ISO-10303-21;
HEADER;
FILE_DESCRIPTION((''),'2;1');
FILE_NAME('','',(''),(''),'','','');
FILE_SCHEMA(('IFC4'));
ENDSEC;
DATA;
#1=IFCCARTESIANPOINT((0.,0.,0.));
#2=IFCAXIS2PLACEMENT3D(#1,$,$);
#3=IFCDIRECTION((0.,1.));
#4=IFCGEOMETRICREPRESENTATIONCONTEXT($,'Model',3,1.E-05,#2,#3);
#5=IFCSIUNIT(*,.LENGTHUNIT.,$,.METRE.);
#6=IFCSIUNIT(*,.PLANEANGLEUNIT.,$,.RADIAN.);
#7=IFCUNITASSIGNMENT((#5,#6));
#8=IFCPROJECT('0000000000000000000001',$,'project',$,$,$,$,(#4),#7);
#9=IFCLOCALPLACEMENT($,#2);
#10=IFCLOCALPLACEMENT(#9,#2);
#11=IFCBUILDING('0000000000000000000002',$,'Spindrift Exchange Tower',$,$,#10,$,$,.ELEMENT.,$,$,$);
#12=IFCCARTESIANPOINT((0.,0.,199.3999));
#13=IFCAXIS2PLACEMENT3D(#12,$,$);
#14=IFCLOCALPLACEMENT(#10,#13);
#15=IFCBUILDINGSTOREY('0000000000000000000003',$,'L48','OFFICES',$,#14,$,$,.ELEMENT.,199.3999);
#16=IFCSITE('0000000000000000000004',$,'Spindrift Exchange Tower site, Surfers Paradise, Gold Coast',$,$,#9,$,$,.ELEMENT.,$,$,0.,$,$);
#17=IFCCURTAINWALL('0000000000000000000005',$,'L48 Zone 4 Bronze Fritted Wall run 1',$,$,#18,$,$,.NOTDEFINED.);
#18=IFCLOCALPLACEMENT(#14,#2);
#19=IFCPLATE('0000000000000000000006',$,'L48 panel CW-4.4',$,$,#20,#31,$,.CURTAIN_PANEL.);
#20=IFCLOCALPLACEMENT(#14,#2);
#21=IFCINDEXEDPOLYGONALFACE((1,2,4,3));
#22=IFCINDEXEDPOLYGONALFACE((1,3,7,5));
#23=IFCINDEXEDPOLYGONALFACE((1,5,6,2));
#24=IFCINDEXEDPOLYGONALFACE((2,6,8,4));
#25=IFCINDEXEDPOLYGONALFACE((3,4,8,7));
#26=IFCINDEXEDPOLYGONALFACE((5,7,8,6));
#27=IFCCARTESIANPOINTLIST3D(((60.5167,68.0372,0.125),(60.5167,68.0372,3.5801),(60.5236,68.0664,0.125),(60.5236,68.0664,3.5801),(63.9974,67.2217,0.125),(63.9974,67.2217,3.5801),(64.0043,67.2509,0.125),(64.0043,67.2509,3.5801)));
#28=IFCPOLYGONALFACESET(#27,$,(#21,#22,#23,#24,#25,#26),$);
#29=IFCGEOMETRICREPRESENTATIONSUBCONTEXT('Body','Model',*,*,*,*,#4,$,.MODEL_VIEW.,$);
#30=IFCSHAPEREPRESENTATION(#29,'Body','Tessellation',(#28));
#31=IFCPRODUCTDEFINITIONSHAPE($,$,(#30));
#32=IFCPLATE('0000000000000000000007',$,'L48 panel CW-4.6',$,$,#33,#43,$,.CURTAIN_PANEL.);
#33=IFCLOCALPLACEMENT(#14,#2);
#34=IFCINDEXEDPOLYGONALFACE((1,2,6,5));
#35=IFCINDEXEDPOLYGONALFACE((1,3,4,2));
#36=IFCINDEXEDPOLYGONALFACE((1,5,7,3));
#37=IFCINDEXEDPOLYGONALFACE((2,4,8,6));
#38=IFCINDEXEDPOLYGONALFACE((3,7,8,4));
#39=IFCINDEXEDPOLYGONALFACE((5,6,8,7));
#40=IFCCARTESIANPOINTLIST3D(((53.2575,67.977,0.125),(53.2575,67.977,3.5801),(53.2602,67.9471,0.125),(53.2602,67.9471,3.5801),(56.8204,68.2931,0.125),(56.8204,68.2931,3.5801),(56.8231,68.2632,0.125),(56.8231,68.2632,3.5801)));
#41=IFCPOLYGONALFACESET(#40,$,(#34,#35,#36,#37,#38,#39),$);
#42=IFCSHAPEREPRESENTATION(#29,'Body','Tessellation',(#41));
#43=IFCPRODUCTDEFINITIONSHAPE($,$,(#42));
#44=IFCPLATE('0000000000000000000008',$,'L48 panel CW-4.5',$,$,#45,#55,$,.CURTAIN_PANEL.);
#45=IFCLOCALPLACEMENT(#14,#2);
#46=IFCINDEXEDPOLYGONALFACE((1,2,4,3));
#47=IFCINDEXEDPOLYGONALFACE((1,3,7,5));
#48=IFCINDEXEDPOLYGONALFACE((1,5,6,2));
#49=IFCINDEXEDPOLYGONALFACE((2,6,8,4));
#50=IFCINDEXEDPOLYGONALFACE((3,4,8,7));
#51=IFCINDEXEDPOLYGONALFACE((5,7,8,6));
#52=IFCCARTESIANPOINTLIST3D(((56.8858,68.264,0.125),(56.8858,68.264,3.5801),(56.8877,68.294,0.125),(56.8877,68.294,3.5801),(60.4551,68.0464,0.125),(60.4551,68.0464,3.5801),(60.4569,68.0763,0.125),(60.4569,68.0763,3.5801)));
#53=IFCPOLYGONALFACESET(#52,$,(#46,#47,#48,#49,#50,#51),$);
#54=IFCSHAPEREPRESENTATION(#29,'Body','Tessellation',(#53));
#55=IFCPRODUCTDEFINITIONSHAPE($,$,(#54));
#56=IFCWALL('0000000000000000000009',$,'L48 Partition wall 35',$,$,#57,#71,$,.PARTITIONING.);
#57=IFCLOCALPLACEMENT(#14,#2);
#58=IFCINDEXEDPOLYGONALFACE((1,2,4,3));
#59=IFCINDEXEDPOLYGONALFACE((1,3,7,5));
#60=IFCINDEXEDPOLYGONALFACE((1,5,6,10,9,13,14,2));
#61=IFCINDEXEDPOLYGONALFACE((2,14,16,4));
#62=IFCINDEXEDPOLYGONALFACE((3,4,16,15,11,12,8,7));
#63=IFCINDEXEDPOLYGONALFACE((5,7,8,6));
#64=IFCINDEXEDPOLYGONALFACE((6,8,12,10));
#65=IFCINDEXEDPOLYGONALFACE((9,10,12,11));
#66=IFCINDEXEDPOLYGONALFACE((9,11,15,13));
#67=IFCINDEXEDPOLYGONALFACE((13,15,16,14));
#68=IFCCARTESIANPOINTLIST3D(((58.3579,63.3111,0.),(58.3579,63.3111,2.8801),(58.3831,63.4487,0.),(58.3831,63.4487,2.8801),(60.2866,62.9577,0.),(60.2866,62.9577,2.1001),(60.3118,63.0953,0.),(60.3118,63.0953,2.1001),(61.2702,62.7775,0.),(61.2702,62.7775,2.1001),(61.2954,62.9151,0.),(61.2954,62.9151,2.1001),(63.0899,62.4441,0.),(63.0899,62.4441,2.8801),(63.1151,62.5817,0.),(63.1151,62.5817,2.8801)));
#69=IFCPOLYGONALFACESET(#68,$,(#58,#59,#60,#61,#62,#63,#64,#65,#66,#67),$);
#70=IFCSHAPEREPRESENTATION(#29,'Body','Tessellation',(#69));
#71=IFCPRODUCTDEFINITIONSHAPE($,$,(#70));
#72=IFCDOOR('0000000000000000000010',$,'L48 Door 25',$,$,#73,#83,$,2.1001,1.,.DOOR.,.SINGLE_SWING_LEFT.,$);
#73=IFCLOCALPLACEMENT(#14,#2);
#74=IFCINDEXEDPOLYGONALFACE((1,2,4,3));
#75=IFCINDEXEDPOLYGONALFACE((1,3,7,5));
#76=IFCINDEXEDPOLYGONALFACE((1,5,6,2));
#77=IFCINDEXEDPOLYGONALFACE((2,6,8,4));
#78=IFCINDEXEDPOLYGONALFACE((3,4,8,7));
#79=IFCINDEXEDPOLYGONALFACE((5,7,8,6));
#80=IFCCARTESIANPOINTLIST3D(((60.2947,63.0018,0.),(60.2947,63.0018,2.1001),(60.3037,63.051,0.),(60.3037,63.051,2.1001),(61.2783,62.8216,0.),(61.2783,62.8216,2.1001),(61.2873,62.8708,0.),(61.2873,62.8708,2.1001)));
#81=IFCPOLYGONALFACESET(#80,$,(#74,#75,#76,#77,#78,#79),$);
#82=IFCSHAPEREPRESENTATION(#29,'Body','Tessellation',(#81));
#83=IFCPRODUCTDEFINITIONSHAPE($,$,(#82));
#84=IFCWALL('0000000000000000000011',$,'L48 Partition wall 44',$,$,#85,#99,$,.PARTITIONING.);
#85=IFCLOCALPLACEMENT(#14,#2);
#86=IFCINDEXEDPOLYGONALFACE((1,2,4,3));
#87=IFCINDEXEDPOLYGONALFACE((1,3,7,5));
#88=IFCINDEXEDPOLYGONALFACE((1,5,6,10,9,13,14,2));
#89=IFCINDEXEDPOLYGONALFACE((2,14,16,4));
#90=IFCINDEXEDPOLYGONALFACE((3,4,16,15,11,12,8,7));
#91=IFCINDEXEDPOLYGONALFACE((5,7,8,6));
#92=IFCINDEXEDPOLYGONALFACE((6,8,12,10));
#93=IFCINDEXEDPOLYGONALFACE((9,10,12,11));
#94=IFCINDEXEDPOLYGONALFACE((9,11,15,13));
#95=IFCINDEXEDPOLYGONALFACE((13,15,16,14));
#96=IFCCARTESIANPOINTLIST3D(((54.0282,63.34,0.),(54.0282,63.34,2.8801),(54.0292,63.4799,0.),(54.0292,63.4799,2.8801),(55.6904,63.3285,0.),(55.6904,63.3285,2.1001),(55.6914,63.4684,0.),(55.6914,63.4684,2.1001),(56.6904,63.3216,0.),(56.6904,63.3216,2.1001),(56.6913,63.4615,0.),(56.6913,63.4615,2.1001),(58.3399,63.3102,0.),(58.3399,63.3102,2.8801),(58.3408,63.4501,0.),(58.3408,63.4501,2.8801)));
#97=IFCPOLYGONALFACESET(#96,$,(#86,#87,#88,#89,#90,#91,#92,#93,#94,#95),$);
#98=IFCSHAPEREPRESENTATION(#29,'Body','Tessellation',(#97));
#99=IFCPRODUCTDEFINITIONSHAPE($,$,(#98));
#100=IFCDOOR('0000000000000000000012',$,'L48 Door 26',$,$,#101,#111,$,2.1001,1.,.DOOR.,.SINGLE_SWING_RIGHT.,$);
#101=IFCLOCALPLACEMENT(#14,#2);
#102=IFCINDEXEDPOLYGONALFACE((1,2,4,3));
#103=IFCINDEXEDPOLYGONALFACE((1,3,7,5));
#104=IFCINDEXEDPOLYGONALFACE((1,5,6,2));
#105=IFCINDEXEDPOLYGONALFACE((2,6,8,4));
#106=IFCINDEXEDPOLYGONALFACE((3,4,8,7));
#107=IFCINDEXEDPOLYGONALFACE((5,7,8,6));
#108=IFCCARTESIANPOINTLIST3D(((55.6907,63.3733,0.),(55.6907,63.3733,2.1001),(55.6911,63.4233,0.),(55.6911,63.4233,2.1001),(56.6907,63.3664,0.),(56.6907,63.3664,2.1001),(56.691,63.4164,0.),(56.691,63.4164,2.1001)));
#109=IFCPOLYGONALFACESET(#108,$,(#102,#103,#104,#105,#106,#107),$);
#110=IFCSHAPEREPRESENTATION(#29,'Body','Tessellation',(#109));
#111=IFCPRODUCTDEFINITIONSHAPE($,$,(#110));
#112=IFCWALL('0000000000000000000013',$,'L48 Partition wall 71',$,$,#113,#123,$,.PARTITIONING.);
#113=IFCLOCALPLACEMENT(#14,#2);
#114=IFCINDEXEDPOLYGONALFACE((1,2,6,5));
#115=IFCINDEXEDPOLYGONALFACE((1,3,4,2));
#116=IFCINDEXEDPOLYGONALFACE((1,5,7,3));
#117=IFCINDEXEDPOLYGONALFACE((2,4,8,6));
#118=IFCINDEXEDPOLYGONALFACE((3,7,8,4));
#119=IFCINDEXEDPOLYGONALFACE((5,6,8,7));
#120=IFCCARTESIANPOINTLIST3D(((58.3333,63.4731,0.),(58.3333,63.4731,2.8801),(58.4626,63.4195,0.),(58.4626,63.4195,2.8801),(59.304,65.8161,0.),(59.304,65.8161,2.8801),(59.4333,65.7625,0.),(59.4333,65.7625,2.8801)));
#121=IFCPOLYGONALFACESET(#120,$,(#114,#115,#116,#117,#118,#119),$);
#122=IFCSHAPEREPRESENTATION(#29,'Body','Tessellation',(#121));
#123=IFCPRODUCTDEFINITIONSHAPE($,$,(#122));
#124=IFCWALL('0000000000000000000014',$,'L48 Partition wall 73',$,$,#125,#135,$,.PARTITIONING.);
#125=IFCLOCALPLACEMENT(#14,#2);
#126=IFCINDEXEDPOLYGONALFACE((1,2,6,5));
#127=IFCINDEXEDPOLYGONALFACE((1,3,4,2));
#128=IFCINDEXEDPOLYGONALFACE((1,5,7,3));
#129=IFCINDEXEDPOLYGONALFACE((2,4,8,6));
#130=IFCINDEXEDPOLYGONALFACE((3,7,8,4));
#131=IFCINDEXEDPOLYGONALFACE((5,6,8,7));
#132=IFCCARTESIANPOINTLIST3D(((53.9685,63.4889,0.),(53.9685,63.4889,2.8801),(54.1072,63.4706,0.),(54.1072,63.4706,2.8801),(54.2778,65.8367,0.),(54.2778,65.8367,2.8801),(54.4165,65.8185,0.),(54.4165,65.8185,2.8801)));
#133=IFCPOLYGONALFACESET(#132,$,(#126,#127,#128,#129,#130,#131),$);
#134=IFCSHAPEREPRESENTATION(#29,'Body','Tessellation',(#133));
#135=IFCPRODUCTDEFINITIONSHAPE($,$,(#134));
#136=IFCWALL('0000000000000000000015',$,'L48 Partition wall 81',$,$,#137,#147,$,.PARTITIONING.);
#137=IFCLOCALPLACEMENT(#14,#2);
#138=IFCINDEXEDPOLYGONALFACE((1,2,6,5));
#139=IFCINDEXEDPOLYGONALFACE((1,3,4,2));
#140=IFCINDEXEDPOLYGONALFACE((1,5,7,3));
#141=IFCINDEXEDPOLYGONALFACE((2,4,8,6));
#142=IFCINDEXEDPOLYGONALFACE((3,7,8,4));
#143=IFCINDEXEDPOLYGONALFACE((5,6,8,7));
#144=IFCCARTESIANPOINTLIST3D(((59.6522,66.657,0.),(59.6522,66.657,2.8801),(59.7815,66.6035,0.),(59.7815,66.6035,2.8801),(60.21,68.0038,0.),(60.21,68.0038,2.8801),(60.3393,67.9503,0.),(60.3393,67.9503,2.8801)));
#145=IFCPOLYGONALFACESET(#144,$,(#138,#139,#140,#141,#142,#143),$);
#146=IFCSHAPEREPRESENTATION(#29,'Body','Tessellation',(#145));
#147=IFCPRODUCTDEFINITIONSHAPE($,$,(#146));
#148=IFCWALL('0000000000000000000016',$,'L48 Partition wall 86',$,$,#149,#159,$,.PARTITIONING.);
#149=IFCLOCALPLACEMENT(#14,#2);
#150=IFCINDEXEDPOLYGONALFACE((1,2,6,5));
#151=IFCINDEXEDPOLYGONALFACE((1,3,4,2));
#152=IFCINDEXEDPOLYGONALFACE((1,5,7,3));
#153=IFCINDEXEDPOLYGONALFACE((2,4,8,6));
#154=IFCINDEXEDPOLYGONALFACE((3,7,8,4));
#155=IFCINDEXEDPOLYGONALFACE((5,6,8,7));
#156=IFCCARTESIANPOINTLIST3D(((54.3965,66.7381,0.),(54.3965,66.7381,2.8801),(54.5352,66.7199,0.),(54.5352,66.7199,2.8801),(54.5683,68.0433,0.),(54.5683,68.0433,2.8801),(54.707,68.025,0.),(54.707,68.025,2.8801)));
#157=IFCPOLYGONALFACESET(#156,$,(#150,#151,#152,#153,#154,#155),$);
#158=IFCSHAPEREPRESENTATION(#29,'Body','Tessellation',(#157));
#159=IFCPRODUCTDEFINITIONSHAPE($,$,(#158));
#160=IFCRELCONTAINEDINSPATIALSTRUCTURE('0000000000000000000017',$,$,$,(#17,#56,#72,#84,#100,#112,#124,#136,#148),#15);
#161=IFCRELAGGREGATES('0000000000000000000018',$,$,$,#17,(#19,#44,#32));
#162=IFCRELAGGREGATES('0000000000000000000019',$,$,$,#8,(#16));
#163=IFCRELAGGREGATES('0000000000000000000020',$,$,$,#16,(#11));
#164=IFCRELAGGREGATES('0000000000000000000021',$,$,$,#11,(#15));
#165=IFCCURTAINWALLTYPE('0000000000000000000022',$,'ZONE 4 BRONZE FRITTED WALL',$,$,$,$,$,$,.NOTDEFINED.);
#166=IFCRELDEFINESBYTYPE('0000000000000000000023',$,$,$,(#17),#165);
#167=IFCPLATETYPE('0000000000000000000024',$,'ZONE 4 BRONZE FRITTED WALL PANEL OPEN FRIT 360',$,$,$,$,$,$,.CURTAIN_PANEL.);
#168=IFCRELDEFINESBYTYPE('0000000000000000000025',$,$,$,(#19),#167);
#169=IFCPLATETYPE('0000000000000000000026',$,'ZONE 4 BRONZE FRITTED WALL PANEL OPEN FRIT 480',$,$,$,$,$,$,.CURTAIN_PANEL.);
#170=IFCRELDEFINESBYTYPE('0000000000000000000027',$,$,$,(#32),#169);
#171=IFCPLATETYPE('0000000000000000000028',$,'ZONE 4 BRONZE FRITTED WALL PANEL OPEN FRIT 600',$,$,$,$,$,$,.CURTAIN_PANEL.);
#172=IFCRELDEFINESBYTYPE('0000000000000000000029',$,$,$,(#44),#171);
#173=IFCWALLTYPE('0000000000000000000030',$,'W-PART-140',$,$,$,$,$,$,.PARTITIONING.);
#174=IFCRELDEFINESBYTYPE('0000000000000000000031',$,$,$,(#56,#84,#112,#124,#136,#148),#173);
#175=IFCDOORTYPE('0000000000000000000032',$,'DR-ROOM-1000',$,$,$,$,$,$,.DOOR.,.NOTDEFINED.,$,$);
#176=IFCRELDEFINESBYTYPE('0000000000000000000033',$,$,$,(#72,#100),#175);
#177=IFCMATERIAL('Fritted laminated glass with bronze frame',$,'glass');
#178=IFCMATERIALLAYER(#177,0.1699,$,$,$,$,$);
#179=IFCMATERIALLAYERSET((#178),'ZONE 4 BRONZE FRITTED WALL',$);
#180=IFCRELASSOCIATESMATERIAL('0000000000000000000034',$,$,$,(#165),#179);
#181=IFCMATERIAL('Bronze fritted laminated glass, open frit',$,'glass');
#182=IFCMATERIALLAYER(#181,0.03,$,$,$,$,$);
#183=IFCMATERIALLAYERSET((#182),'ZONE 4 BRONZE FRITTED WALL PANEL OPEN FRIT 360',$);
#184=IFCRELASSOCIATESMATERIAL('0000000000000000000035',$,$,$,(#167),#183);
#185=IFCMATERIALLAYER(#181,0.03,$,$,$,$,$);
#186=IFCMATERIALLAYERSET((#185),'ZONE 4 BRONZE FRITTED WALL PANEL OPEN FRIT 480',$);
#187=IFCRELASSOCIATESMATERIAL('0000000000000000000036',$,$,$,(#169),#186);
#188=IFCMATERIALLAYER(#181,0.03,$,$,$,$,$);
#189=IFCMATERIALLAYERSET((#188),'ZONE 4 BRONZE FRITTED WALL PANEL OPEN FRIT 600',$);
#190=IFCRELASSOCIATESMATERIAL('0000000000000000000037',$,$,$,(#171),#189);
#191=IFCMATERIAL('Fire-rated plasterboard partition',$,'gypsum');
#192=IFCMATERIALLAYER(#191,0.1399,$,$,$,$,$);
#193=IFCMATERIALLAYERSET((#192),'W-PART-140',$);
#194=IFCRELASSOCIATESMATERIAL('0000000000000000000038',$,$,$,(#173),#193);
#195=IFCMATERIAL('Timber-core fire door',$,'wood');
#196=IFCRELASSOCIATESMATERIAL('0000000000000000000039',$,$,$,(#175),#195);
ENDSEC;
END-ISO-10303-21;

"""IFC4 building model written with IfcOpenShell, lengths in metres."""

from ifc_helpers import new_model, si_unit, direction, frame, frame_2d, origin, origin_2d, place, context, subcontext, project, spatial, rectangle, extrude, source, transform, mapped, material, layer, layer_set, type_object, element, fill, aggregate, save


model = new_model("IFC4")

# Units and contexts
model_context = context("Model", 3, precision=1e-05, world=origin(), true_north=direction((0.0, 1.0)))
body_context = subcontext(model_context, "Body", "Model", "MODEL_VIEW")
ifc_project = project(units=[si_unit("LENGTHUNIT", "METRE"), si_unit("PLANEANGLEUNIT", "RADIAN")], contexts=[model_context])

# Site, building, storey
site_placement = place(None, origin())
site = spatial("IfcSite", under=ifc_project, at=site_placement, Name="Spindrift Exchange Tower site, Surfers Paradise, Gold Coast", CompositionType="ELEMENT", RefElevation=0.0)
building_placement = place(site_placement, origin())
building = spatial("IfcBuilding", under=site, at=building_placement, Name="Spindrift Exchange Tower", CompositionType="ELEMENT")
storey_placement = place(building_placement, frame((0.0, 0.0, 199.3999)))
storey = spatial("IfcBuildingStorey", under=building, at=storey_placement, Name="L48", Description="OFFICES", CompositionType="ELEMENT", Elevation=199.3999)

# Shared definitions
ifc_material_1 = material(Name="Fritted laminated glass with bronze frame", Category="glass")
ifc_layer_1 = layer(ifc_material_1, 0.1699)
ifc_layer_set_1 = layer_set([ifc_layer_1], Name="ZONE 4 BRONZE FRITTED WALL")
curtain_wall_type = type_object("IfcCurtainWallType", Name="ZONE 4 BRONZE FRITTED WALL", PredefinedType="NOTDEFINED", material=ifc_layer_set_1)

# Curtain wall
curtain_wall_1_placement = place(storey_placement, origin())
curtain_wall_1 = element("IfcCurtainWall", 1, at=curtain_wall_1_placement, inside=storey, type_object=curtain_wall_type, Name="L48 Zone 4 Bronze Fritted Wall run 1", PredefinedType="NOTDEFINED")

# Plates
ifc_material_2 = material(Name="Bronze fritted laminated glass, open frit", Category="glass")
ifc_layer_2 = layer(ifc_material_2, 0.03)
ifc_layer_set_2 = layer_set([ifc_layer_2], Name="ZONE 4 BRONZE FRITTED WALL PANEL OPEN FRIT 360")
plate_type_1 = type_object("IfcPlateType", Name="ZONE 4 BRONZE FRITTED WALL PANEL OPEN FRIT 360", PredefinedType="CURTAIN_PANEL", material=ifc_layer_set_2)
shared_shape_1 = source(origin(), body_context, "Body", "SweptSolid", [
    extrude(rectangle(XDim=3.575, YDim=0.03, at=origin_2d()), origin(), (0.0, 0.0, 1.0), 3.4551),
])
plate_1_placement = place(storey_placement, frame((62.2605, 67.644, 0.125), z_axis=(0.0, 0.0, 1.0), x_axis=(-0.973635, 0.228113, 0.0)))
plate_1 = element("IfcPlate", 2, at=plate_1_placement, type_object=plate_type_1, Name="L48 panel CW-4.4", PredefinedType="CURTAIN_PANEL", context=body_context, shape_type="MappedRepresentation", body=[
    mapped(shared_shape_1, transform((0.0, 0.0, 0.0), scale=1.0)),
])
ifc_layer_3 = layer(ifc_material_2, 0.03)
ifc_layer_set_3 = layer_set([ifc_layer_3], Name="ZONE 4 BRONZE FRITTED WALL PANEL OPEN FRIT 480")
plate_type_2 = type_object("IfcPlateType", Name="ZONE 4 BRONZE FRITTED WALL PANEL OPEN FRIT 480", PredefinedType="CURTAIN_PANEL", material=ifc_layer_set_3)
shared_shape_2 = source(origin(), body_context, "Body", "SweptSolid", [
    extrude(rectangle(XDim=3.5769, YDim=0.03, at=origin_2d()), origin(), (0.0, 0.0, 1.0), 3.4551),
])
plate_2_placement = place(storey_placement, frame((55.0403, 68.1201, 0.125), z_axis=(0.0, 0.0, 1.0), x_axis=(-0.996088, -0.088362, 0.0)))
plate_2 = element("IfcPlate", 3, at=plate_2_placement, type_object=plate_type_2, Name="L48 panel CW-4.6", PredefinedType="CURTAIN_PANEL", context=body_context, shape_type="MappedRepresentation", body=[
    mapped(shared_shape_2, transform((0.0, 0.0, 0.0), scale=1.0)),
])
ifc_layer_4 = layer(ifc_material_2, 0.03)
ifc_layer_set_4 = layer_set([ifc_layer_4], Name="ZONE 4 BRONZE FRITTED WALL PANEL OPEN FRIT 600")
plate_type_3 = type_object("IfcPlateType", Name="ZONE 4 BRONZE FRITTED WALL PANEL OPEN FRIT 600", PredefinedType="CURTAIN_PANEL", material=ifc_layer_set_4)
shared_shape_3 = source(origin(), body_context, "Body", "SweptSolid", [
    extrude(rectangle(XDim=3.5759, YDim=0.03, at=origin_2d()), origin(), (0.0, 0.0, 1.0), 3.4551),
])
plate_3_placement = place(storey_placement, frame((58.6714, 68.1702, 0.125), z_axis=(0.0, 0.0, 1.0), x_axis=(-0.998146, 0.060862, 0.0)))
plate_3 = element("IfcPlate", 4, at=plate_3_placement, type_object=plate_type_3, Name="L48 panel CW-4.5", PredefinedType="CURTAIN_PANEL", context=body_context, shape_type="MappedRepresentation", body=[
    mapped(shared_shape_3, transform((0.0, 0.0, 0.0), scale=1.0)),
])
aggregate(curtain_wall_1, [plate_1, plate_3, plate_2])

# Walls, openings, doors
ifc_material_3 = material(Name="Fire-rated plasterboard partition", Category="gypsum")
ifc_layer_5 = layer(ifc_material_3, 0.1399)
ifc_layer_set_5 = layer_set([ifc_layer_5], Name="W-PART-140")
wall_type = type_object("IfcWallType", Name="W-PART-140", PredefinedType="PARTITIONING", material=ifc_layer_set_5)
wall_1_placement = place(storey_placement, frame((58.3706, 63.3799, 0.0), z_axis=(0.0, 0.0, 1.0), x_axis=(0.983628, -0.180212, 0.0)))
wall_1 = element("IfcWall", 5, at=wall_1_placement, inside=storey, type_object=wall_type, Name="L48 Partition wall 35", PredefinedType="PARTITIONING", context=body_context, shape_type="SweptSolid", body=[
    extrude(rectangle(XDim=4.8108, YDim=0.1399, at=frame_2d((2.4053, 0.0))), origin(), (0.0, 0.0, 1.0), 2.8801),
])
opening_1_placement = place(wall_1_placement, frame((1.9607, 0.0, 0.0)))
opening_1 = element("IfcOpeningElement", 6, at=opening_1_placement, cuts=wall_1, PredefinedType="OPENING", context=body_context, shape_type="SweptSolid", body=[
    extrude(rectangle(XDim=1.0, YDim=2.1001, at=frame_2d((0.5, 1.05))), frame((0.0, 0.0798, 0.0), z_axis=(0.0, -1.0, 0.0), x_axis=(1.0, 0.0, 0.0)), (0.0, 0.0, 1.0), 0.1599),
])
ifc_material_4 = material(Name="Timber-core fire door", Category="wood")
door_type = type_object("IfcDoorType", Name="DR-ROOM-1000", OperationType="NOTDEFINED", PredefinedType="DOOR", material=ifc_material_4)
shared_shape_4 = source(origin(), body_context, "Body", "SweptSolid", [
    extrude(rectangle(XDim=1.0, YDim=2.1001, at=frame_2d((0.5, 1.05))), frame((0.0, 0.0249, 0.0), z_axis=(0.0, -1.0, 0.0), x_axis=(1.0, 0.0, 0.0)), (0.0, 0.0, 1.0), 0.05),
])
door_1_placement = place(opening_1_placement, origin())
door_1 = element("IfcDoor", 7, at=door_1_placement, inside=storey, type_object=door_type, Name="L48 Door 25", OperationType="SINGLE_SWING_LEFT", OverallHeight=2.1001, OverallWidth=1.0, PredefinedType="DOOR", context=body_context, shape_type="MappedRepresentation", body=[
    mapped(shared_shape_4, transform((0.0, 0.0, 0.0), scale=1.0)),
])
fill(opening_1, door_1)
wall_2_placement = place(storey_placement, frame((54.0288, 63.4099, 0.0), z_axis=(0.0, 0.0, 1.0), x_axis=(0.999976, -0.006908, 0.0)))
wall_2 = element("IfcWall", 8, at=wall_2_placement, inside=storey, type_object=wall_type, Name="L48 Partition wall 44", PredefinedType="PARTITIONING", context=body_context, shape_type="SweptSolid", body=[
    extrude(rectangle(XDim=4.3118, YDim=0.1399, at=frame_2d((2.1558, 0.0))), origin(), (0.0, 0.0, 1.0), 2.8801),
])
opening_2_placement = place(wall_2_placement, frame((1.6621, 0.0, 0.0)))
opening_2 = element("IfcOpeningElement", 9, at=opening_2_placement, cuts=wall_2, PredefinedType="OPENING", context=body_context, shape_type="SweptSolid", body=[
    extrude(rectangle(XDim=1.0, YDim=2.1001, at=frame_2d((0.5, 1.05))), frame((0.0, 0.0798, 0.0), z_axis=(0.0, -1.0, 0.0), x_axis=(1.0, 0.0, 0.0)), (0.0, 0.0, 1.0), 0.1599),
])
door_2_placement = place(opening_2_placement, origin())
door_2 = element("IfcDoor", 10, at=door_2_placement, inside=storey, type_object=door_type, Name="L48 Door 26", OperationType="SINGLE_SWING_RIGHT", OverallHeight=2.1001, OverallWidth=1.0, PredefinedType="DOOR", context=body_context, shape_type="MappedRepresentation", body=[
    mapped(shared_shape_4, transform((0.0, 0.0, 0.0), scale=1.0)),
])
fill(opening_2, door_2)

# Walls
wall_3_placement = place(storey_placement, frame((58.3979, 63.4463, 0.0), z_axis=(0.0, 0.0, 1.0), x_axis=(0.382749, 0.923853, 0.0)))
element("IfcWall", 11, at=wall_3_placement, inside=storey, type_object=wall_type, Name="L48 Partition wall 71", PredefinedType="PARTITIONING", context=body_context, shape_type="SweptSolid", body=[
    extrude(rectangle(XDim=2.5361, YDim=0.1399, at=frame_2d((1.2681, 0.0))), origin(), (0.0, 0.0, 1.0), 2.8801),
])
wall_4_placement = place(storey_placement, frame((54.0378, 63.4797, 0.0), z_axis=(0.0, 0.0, 1.0), x_axis=(0.130617, 0.991433, 0.0)))
element("IfcWall", 12, at=wall_4_placement, inside=storey, type_object=wall_type, Name="L48 Partition wall 73", PredefinedType="PARTITIONING", context=body_context, shape_type="SweptSolid", body=[
    extrude(rectangle(XDim=2.3682, YDim=0.1399, at=frame_2d((1.1841, 0.0))), origin(), (0.0, 0.0, 1.0), 2.8801),
])
wall_5_placement = place(storey_placement, frame((59.7168, 66.6301, 0.0), z_axis=(0.0, 0.0, 1.0), x_axis=(0.382653, 0.923892, 0.0)))
element("IfcWall", 13, at=wall_5_placement, inside=storey, type_object=wall_type, Name="L48 Partition wall 81", PredefinedType="PARTITIONING", context=body_context, shape_type="SweptSolid", body=[
    extrude(rectangle(XDim=1.4578, YDim=0.1399, at=frame_2d((0.729, 0.0))), origin(), (0.0, 0.0, 1.0), 2.8801),
])
wall_6_placement = place(storey_placement, frame((54.4658, 66.729, 0.0), z_axis=(0.0, 0.0, 1.0), x_axis=(0.13056, 0.99144, 0.0)))
element("IfcWall", 14, at=wall_6_placement, inside=storey, type_object=wall_type, Name="L48 Partition wall 86", PredefinedType="PARTITIONING", context=body_context, shape_type="SweptSolid", body=[
    extrude(rectangle(XDim=1.3164, YDim=0.1399, at=frame_2d((0.6582, 0.0))), origin(), (0.0, 0.0, 1.0), 2.8801),
])

save(model, "model.ifc")
